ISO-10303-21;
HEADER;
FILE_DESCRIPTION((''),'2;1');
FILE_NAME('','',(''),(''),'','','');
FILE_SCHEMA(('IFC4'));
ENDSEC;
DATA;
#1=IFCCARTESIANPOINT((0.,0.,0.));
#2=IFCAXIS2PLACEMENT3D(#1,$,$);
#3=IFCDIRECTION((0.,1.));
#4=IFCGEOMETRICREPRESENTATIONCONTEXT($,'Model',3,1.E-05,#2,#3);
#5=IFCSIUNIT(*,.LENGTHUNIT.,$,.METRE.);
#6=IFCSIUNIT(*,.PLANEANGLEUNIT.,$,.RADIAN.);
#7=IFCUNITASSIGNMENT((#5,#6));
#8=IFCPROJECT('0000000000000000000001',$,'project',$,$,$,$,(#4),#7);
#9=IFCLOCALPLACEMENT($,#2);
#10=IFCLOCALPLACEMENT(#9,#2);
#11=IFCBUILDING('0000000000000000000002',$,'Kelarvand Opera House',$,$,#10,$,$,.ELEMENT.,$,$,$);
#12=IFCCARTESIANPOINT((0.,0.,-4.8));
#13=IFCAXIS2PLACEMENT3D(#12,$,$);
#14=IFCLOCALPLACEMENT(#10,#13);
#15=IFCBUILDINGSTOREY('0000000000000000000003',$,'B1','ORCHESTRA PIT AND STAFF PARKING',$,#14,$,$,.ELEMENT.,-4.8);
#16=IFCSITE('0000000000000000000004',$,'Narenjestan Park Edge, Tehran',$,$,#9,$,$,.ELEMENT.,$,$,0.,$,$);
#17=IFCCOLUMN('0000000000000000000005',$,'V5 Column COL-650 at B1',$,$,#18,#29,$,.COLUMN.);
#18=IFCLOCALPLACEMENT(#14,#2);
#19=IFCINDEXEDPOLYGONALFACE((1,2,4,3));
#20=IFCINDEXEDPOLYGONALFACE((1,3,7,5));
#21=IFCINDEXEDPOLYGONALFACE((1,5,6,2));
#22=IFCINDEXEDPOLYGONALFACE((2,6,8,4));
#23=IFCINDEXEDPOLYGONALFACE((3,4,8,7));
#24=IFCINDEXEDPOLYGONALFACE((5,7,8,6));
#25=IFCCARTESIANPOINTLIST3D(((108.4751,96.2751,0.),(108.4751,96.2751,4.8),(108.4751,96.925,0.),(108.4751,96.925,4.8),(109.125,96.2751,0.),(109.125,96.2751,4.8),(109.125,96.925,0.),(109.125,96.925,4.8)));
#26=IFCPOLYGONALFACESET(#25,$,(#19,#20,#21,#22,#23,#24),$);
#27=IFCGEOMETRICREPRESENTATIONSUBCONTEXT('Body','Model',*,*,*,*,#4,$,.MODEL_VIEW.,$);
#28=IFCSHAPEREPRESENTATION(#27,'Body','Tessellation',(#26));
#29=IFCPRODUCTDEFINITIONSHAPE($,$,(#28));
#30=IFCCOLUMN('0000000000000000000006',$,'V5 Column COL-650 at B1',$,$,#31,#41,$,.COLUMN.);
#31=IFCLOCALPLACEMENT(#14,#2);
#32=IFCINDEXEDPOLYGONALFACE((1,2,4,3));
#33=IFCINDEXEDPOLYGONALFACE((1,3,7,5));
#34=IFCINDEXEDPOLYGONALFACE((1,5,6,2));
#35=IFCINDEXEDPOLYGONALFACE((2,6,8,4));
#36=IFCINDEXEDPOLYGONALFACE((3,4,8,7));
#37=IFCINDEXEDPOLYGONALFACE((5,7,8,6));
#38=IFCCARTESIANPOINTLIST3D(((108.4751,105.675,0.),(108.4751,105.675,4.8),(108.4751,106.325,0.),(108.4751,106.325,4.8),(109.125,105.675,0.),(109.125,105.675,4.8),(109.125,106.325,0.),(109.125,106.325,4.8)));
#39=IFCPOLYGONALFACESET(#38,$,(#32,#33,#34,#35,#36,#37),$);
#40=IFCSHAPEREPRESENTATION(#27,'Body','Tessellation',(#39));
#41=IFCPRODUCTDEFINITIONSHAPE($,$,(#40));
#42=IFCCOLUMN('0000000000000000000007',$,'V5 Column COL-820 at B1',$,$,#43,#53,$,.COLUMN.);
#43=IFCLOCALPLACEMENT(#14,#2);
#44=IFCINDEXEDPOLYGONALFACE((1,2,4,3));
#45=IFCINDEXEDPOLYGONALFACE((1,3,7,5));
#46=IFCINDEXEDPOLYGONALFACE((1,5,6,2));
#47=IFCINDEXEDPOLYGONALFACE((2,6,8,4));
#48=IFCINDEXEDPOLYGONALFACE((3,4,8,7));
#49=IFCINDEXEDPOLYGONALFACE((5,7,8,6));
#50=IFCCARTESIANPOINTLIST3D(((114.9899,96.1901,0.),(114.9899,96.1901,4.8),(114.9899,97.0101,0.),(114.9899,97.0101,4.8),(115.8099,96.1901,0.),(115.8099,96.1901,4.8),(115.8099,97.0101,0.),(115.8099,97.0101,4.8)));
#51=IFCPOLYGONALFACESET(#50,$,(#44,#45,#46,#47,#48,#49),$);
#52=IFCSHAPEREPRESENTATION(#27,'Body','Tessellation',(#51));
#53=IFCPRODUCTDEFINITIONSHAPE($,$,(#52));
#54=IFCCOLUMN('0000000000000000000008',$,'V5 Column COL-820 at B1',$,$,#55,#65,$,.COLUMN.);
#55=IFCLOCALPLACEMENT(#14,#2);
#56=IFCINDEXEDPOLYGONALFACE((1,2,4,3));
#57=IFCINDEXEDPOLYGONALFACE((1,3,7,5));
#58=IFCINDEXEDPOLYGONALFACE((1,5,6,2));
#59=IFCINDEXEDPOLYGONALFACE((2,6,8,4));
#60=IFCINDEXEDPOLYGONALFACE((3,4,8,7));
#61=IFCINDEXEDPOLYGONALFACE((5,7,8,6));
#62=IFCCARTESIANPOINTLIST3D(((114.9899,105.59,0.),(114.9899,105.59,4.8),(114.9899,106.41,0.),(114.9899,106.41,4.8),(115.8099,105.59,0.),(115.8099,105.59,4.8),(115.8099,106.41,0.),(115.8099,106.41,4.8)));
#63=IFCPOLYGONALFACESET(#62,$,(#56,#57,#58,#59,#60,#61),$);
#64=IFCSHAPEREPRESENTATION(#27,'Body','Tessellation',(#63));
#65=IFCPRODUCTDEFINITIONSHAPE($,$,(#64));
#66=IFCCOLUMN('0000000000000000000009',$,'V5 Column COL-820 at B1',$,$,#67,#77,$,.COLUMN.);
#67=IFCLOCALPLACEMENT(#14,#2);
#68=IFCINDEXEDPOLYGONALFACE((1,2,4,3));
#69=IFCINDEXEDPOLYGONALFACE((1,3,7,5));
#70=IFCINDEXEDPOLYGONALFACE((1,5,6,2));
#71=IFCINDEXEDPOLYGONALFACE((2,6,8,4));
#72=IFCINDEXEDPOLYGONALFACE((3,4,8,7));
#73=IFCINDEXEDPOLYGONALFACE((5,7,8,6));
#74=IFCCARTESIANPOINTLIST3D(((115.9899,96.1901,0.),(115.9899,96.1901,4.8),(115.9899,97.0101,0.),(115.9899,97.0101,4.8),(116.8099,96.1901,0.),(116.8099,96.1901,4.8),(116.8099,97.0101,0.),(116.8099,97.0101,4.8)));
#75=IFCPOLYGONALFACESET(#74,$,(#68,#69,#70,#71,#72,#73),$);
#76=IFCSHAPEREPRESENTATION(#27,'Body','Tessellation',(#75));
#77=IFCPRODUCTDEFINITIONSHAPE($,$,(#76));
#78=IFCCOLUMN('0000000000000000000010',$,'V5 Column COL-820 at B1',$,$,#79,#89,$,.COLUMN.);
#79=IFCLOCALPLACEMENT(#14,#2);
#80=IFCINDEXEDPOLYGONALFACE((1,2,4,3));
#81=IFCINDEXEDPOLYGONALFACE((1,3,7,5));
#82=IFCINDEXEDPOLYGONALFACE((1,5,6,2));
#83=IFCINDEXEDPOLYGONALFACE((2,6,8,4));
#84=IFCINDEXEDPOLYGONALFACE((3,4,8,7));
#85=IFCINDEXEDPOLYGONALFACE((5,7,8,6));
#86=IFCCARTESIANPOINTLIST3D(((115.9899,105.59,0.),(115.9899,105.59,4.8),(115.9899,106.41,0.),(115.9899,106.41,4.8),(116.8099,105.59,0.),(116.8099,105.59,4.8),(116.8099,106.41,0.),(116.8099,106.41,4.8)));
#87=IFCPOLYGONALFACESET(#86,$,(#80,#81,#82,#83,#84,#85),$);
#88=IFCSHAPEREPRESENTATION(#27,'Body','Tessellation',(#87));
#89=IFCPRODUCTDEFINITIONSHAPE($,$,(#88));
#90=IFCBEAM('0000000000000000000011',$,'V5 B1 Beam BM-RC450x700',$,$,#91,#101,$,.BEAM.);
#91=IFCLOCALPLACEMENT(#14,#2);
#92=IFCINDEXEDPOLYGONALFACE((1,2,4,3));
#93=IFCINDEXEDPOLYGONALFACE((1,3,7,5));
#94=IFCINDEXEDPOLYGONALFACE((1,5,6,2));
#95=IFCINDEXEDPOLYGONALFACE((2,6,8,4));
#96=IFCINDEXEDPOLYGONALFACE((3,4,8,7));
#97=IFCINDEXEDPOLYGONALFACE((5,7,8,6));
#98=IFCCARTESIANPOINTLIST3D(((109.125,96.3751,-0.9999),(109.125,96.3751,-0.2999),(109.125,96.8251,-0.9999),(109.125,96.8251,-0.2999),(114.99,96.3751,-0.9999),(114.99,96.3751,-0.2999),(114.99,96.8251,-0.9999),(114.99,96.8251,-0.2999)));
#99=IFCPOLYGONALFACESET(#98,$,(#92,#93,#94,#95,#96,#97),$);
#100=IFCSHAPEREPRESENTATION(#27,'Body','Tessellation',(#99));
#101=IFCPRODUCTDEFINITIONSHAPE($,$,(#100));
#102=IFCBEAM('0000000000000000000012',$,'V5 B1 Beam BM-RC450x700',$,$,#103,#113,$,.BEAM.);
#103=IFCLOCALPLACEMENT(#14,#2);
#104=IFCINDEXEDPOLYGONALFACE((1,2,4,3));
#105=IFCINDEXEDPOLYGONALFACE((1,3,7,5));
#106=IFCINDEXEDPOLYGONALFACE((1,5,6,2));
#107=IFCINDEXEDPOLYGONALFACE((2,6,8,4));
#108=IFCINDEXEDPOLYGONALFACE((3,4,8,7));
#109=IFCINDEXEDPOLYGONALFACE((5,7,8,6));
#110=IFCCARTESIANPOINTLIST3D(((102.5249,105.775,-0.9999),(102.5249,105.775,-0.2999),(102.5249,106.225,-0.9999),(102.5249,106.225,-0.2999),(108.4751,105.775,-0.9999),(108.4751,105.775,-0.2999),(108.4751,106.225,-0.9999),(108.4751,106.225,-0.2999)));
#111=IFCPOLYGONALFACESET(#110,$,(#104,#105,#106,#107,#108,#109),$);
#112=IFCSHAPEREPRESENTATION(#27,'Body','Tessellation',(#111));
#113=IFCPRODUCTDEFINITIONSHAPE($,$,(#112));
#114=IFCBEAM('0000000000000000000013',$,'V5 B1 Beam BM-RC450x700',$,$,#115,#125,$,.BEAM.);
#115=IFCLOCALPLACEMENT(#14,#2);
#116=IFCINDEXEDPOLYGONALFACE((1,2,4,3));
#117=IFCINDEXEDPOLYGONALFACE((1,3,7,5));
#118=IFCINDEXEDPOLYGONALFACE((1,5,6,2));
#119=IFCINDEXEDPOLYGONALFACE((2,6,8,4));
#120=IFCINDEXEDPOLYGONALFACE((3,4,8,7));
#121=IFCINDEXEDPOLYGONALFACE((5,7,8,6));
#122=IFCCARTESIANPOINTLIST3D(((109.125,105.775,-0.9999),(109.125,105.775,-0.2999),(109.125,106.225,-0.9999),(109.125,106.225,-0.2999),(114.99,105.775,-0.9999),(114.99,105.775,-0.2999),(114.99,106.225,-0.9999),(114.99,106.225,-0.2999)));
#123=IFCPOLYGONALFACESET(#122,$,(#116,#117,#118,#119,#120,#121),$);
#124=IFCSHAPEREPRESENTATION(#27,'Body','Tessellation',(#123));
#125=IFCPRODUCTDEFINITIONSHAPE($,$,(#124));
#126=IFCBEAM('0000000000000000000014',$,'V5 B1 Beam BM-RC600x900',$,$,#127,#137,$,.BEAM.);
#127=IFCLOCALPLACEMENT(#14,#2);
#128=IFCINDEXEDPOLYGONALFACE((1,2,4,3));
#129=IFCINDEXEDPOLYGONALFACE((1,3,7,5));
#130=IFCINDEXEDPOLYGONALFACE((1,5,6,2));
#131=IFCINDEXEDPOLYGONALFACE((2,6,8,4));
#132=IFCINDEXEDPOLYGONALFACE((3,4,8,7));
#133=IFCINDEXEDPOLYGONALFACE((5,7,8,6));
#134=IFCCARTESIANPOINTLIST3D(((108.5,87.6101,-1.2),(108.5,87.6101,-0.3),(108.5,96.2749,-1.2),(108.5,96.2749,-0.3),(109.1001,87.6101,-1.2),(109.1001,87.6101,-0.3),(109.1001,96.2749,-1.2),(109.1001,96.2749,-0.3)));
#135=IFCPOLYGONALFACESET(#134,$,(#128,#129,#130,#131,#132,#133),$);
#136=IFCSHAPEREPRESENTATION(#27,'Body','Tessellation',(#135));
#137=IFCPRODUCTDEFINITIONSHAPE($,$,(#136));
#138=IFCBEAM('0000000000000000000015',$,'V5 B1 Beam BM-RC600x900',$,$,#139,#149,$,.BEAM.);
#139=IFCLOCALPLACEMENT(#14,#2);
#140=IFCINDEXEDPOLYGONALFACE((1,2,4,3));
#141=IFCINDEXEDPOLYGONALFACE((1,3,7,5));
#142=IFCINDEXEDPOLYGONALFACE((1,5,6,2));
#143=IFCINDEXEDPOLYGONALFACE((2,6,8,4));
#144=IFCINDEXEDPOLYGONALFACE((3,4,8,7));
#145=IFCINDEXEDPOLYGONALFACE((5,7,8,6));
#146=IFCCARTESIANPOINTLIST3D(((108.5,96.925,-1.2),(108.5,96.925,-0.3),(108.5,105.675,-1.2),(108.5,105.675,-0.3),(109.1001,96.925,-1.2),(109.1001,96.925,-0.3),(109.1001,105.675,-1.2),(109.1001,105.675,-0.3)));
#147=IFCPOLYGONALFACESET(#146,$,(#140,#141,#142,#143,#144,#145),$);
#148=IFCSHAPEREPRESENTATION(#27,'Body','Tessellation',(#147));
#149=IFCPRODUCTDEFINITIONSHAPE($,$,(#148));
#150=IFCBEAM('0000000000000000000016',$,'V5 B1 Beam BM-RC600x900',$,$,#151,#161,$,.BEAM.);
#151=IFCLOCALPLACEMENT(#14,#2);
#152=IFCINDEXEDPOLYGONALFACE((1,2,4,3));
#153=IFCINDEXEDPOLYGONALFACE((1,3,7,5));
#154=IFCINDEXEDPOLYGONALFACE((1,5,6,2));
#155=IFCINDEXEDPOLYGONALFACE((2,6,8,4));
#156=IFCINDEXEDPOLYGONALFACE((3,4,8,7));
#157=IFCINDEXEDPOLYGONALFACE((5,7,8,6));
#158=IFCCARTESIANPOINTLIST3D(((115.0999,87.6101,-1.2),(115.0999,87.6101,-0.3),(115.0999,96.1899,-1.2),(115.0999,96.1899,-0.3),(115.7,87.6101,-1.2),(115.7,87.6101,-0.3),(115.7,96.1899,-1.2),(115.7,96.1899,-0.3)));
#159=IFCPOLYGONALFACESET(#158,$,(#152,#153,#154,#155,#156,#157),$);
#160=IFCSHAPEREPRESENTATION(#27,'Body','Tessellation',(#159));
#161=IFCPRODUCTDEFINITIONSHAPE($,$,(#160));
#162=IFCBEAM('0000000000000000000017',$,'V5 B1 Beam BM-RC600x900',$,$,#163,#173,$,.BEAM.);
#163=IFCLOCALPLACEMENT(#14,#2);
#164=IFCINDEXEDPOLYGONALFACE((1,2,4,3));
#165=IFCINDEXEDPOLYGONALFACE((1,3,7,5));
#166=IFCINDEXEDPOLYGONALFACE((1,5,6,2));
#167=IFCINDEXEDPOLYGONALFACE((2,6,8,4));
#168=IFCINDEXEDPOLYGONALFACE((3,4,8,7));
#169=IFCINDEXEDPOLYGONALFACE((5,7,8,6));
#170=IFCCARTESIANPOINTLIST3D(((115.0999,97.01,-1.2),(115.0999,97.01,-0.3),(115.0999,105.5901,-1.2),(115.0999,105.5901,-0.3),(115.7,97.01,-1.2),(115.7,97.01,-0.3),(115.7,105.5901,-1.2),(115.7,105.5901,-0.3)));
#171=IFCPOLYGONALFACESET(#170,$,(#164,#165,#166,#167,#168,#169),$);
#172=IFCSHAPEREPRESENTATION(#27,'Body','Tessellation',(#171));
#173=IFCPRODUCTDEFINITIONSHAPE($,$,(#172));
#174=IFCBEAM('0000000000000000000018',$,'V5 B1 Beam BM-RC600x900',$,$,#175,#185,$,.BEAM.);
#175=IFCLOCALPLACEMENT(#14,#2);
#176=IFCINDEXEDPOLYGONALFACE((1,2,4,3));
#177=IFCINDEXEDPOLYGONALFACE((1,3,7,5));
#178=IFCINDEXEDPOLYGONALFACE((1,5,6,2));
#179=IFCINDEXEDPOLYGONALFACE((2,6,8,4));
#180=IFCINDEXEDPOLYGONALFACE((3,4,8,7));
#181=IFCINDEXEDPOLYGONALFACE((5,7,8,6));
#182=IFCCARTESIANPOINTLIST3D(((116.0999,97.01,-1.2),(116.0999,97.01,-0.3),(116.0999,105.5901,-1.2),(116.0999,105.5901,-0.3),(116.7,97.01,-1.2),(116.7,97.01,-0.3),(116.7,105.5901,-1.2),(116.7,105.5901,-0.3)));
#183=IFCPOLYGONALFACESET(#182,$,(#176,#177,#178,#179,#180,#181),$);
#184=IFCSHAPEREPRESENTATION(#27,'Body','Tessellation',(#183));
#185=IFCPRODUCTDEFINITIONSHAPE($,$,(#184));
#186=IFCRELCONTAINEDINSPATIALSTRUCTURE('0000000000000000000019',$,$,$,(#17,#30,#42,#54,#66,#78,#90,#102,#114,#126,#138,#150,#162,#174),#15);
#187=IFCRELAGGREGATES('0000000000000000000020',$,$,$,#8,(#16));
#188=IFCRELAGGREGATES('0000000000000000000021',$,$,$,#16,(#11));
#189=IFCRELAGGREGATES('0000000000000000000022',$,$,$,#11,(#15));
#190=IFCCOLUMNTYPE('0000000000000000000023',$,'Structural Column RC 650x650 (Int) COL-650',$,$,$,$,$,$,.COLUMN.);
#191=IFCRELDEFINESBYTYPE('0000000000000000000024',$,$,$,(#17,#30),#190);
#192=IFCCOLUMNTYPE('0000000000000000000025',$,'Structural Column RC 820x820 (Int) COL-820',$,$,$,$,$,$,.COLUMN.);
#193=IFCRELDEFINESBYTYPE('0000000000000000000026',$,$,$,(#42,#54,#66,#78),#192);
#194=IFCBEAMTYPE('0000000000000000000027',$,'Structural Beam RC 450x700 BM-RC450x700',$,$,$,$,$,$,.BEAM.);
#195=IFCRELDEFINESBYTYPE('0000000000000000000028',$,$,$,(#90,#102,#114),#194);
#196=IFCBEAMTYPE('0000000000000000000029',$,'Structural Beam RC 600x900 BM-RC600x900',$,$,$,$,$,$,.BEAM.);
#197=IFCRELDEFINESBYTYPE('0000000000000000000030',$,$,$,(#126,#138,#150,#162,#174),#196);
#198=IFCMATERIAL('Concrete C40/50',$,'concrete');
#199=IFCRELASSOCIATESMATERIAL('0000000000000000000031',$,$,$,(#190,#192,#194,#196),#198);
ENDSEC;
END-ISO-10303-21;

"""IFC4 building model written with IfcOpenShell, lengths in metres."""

from ifc_helpers import new_model, si_unit, direction, frame, origin, origin_2d, place, context, subcontext, project, spatial, rectangle, extrude, material, material_profile, profile_set, type_object, element, save


model = new_model("IFC4")

# Units and contexts
model_context = context("Model", 3, precision=1e-05, world=origin(), true_north=direction((0.0, 1.0)))
body_context = subcontext(model_context, "Body", "Model", "MODEL_VIEW")
ifc_project = project(units=[si_unit("LENGTHUNIT", "METRE"), si_unit("PLANEANGLEUNIT", "RADIAN")], contexts=[model_context])

# Site, building, storey
site_placement = place(None, origin())
site = spatial("IfcSite", under=ifc_project, at=site_placement, Name="Narenjestan Park Edge, Tehran", CompositionType="ELEMENT", RefElevation=0.0)
building_placement = place(site_placement, origin())
building = spatial("IfcBuilding", under=site, at=building_placement, Name="Kelarvand Opera House", CompositionType="ELEMENT")
storey_placement = place(building_placement, frame((0.0, 0.0, -4.8)))
storey = spatial("IfcBuildingStorey", under=building, at=storey_placement, Name="B1", Description="ORCHESTRA PIT AND STAFF PARKING", CompositionType="ELEMENT", Elevation=-4.8)

# Columns
ifc_material_1 = material(Name="Concrete C40/50", Category="concrete")
ifc_material_profile_1 = material_profile(ifc_material_1, rectangle(XDim=0.6499, YDim=0.6499, at=origin_2d()), Name="RC 650x650", Category="concrete")
ifc_profile_set_1 = profile_set([ifc_material_profile_1], Name="Concrete C40/50")
column_type_1 = type_object("IfcColumnType", Name="Structural Column RC 650x650 (Int) COL-650", PredefinedType="COLUMN", material=ifc_profile_set_1)
for number, where, z_axis, x_axis, name in (
    (1, (108.8, 96.6001, 0.0), (0.0, 0.0, 1.0), (1.0, 0.0, 0.0), "V5 Column COL-650 at B1"),
    (2, (108.8, 106.0, 0.0), (0.0, 0.0, 1.0), (1.0, 0.0, 0.0), "V5 Column COL-650 at B1"),
):
    element("IfcColumn", number, at=place(storey_placement, frame(where, z_axis=z_axis, x_axis=x_axis)), inside=storey, type_object=column_type_1, Name=name, PredefinedType="COLUMN", context=body_context, shape_type="SweptSolid", body=[
        extrude(rectangle(XDim=0.6499, YDim=0.6499, at=origin_2d()), origin(), (0.0, 0.0, 1.0), 4.8),
    ])
ifc_material_profile_2 = material_profile(ifc_material_1, rectangle(XDim=0.8201, YDim=0.8201, at=origin_2d()), Name="RC 820x820", Category="concrete")
ifc_profile_set_2 = profile_set([ifc_material_profile_2], Name="Concrete C40/50")
column_type_2 = type_object("IfcColumnType", Name="Structural Column RC 820x820 (Int) COL-820", PredefinedType="COLUMN", material=ifc_profile_set_2)
for number, where, z_axis, x_axis, name in (
    (3, (115.3999, 96.6001, 0.0), (0.0, 0.0, 1.0), (1.0, 0.0, 0.0), "V5 Column COL-820 at B1"),
    (4, (115.3999, 106.0, 0.0), (0.0, 0.0, 1.0), (1.0, 0.0, 0.0), "V5 Column COL-820 at B1"),
    (5, (116.3999, 96.6001, 0.0), (0.0, 0.0, 1.0), (1.0, 0.0, 0.0), "V5 Column COL-820 at B1"),
    (6, (116.3999, 106.0, 0.0), (0.0, 0.0, 1.0), (1.0, 0.0, 0.0), "V5 Column COL-820 at B1"),
):
    element("IfcColumn", number, at=place(storey_placement, frame(where, z_axis=z_axis, x_axis=x_axis)), inside=storey, type_object=column_type_2, Name=name, PredefinedType="COLUMN", context=body_context, shape_type="SweptSolid", body=[
        extrude(rectangle(XDim=0.8201, YDim=0.8201, at=origin_2d()), origin(), (0.0, 0.0, 1.0), 4.8),
    ])

# Beams
ifc_material_profile_3 = material_profile(ifc_material_1, rectangle(XDim=0.45, YDim=0.7, at=origin_2d()), Name="RC 450x700", Category="concrete")
ifc_profile_set_3 = profile_set([ifc_material_profile_3], Name="Concrete C40/50")
beam_type_1 = type_object("IfcBeamType", Name="Structural Beam RC 450x700 BM-RC450x700", PredefinedType="BEAM", material=ifc_profile_set_3)
beam_1_placement = place(storey_placement, frame((109.125, 96.6001, -0.6499), z_axis=(1.0, 0.0, 0.0), x_axis=(0.0, 1.0, 0.0)))
element("IfcBeam", 7, at=beam_1_placement, inside=storey, type_object=beam_type_1, Name="V5 B1 Beam BM-RC450x700", PredefinedType="BEAM", context=body_context, shape_type="SweptSolid", body=[
    extrude(rectangle(XDim=0.45, YDim=0.7, at=origin_2d()), origin(), (0.0, 0.0, 1.0), 5.865),
])
beam_2_placement = place(storey_placement, frame((102.5249, 106.0, -0.6499), z_axis=(1.0, 0.0, 0.0), x_axis=(0.0, 1.0, 0.0)))
element("IfcBeam", 8, at=beam_2_placement, inside=storey, type_object=beam_type_1, Name="V5 B1 Beam BM-RC450x700", PredefinedType="BEAM", context=body_context, shape_type="SweptSolid", body=[
    extrude(rectangle(XDim=0.45, YDim=0.7, at=origin_2d()), origin(), (0.0, 0.0, 1.0), 5.9502),
])
beam_3_placement = place(storey_placement, frame((109.125, 106.0, -0.6499), z_axis=(1.0, 0.0, 0.0), x_axis=(0.0, 1.0, 0.0)))
element("IfcBeam", 9, at=beam_3_placement, inside=storey, type_object=beam_type_1, Name="V5 B1 Beam BM-RC450x700", PredefinedType="BEAM", context=body_context, shape_type="SweptSolid", body=[
    extrude(rectangle(XDim=0.45, YDim=0.7, at=origin_2d()), origin(), (0.0, 0.0, 1.0), 5.865),
])
ifc_material_profile_4 = material_profile(ifc_material_1, rectangle(XDim=0.6001, YDim=0.8999, at=origin_2d()), Name="RC 600x900", Category="concrete")
ifc_profile_set_4 = profile_set([ifc_material_profile_4], Name="Concrete C40/50")
beam_type_2 = type_object("IfcBeamType", Name="Structural Beam RC 600x900 BM-RC600x900", PredefinedType="BEAM", material=ifc_profile_set_4)
beam_4_placement = place(storey_placement, frame((108.8, 87.6101, -0.75), z_axis=(0.0, 1.0, 0.0), x_axis=(-1.0, 0.0, 0.0)))
element("IfcBeam", 10, at=beam_4_placement, inside=storey, type_object=beam_type_2, Name="V5 B1 Beam BM-RC600x900", PredefinedType="BEAM", context=body_context, shape_type="SweptSolid", body=[
    extrude(rectangle(XDim=0.6001, YDim=0.8999, at=origin_2d()), origin(), (0.0, 0.0, 1.0), 8.6648),
])
beam_5_placement = place(storey_placement, frame((108.8, 96.925, -0.75), z_axis=(0.0, 1.0, 0.0), x_axis=(-1.0, 0.0, 0.0)))
element("IfcBeam", 11, at=beam_5_placement, inside=storey, type_object=beam_type_2, Name="V5 B1 Beam BM-RC600x900", PredefinedType="BEAM", context=body_context, shape_type="SweptSolid", body=[
    extrude(rectangle(XDim=0.6001, YDim=0.8999, at=origin_2d()), origin(), (0.0, 0.0, 1.0), 8.75),
])
beam_6_placement = place(storey_placement, frame((115.3999, 87.6101, -0.75), z_axis=(0.0, 1.0, 0.0), x_axis=(-1.0, 0.0, 0.0)))
element("IfcBeam", 12, at=beam_6_placement, inside=storey, type_object=beam_type_2, Name="V5 B1 Beam BM-RC600x900", PredefinedType="BEAM", context=body_context, shape_type="SweptSolid", body=[
    extrude(rectangle(XDim=0.6001, YDim=0.8999, at=origin_2d()), origin(), (0.0, 0.0, 1.0), 8.5798),
])
for number, where, z_axis, x_axis, name in (
    (13, (115.3999, 97.01, -0.75), (0.0, 1.0, 0.0), (-1.0, 0.0, 0.0), "V5 B1 Beam BM-RC600x900"),
    (14, (116.3999, 97.01, -0.75), (0.0, 1.0, 0.0), (-1.0, 0.0, 0.0), "V5 B1 Beam BM-RC600x900"),
):
    element("IfcBeam", number, at=place(storey_placement, frame(where, z_axis=z_axis, x_axis=x_axis)), inside=storey, type_object=beam_type_2, Name=name, PredefinedType="BEAM", context=body_context, shape_type="SweptSolid", body=[
        extrude(rectangle(XDim=0.6001, YDim=0.8999, at=origin_2d()), origin(), (0.0, 0.0, 1.0), 8.5801),
    ])

save(model, "model.ifc")
